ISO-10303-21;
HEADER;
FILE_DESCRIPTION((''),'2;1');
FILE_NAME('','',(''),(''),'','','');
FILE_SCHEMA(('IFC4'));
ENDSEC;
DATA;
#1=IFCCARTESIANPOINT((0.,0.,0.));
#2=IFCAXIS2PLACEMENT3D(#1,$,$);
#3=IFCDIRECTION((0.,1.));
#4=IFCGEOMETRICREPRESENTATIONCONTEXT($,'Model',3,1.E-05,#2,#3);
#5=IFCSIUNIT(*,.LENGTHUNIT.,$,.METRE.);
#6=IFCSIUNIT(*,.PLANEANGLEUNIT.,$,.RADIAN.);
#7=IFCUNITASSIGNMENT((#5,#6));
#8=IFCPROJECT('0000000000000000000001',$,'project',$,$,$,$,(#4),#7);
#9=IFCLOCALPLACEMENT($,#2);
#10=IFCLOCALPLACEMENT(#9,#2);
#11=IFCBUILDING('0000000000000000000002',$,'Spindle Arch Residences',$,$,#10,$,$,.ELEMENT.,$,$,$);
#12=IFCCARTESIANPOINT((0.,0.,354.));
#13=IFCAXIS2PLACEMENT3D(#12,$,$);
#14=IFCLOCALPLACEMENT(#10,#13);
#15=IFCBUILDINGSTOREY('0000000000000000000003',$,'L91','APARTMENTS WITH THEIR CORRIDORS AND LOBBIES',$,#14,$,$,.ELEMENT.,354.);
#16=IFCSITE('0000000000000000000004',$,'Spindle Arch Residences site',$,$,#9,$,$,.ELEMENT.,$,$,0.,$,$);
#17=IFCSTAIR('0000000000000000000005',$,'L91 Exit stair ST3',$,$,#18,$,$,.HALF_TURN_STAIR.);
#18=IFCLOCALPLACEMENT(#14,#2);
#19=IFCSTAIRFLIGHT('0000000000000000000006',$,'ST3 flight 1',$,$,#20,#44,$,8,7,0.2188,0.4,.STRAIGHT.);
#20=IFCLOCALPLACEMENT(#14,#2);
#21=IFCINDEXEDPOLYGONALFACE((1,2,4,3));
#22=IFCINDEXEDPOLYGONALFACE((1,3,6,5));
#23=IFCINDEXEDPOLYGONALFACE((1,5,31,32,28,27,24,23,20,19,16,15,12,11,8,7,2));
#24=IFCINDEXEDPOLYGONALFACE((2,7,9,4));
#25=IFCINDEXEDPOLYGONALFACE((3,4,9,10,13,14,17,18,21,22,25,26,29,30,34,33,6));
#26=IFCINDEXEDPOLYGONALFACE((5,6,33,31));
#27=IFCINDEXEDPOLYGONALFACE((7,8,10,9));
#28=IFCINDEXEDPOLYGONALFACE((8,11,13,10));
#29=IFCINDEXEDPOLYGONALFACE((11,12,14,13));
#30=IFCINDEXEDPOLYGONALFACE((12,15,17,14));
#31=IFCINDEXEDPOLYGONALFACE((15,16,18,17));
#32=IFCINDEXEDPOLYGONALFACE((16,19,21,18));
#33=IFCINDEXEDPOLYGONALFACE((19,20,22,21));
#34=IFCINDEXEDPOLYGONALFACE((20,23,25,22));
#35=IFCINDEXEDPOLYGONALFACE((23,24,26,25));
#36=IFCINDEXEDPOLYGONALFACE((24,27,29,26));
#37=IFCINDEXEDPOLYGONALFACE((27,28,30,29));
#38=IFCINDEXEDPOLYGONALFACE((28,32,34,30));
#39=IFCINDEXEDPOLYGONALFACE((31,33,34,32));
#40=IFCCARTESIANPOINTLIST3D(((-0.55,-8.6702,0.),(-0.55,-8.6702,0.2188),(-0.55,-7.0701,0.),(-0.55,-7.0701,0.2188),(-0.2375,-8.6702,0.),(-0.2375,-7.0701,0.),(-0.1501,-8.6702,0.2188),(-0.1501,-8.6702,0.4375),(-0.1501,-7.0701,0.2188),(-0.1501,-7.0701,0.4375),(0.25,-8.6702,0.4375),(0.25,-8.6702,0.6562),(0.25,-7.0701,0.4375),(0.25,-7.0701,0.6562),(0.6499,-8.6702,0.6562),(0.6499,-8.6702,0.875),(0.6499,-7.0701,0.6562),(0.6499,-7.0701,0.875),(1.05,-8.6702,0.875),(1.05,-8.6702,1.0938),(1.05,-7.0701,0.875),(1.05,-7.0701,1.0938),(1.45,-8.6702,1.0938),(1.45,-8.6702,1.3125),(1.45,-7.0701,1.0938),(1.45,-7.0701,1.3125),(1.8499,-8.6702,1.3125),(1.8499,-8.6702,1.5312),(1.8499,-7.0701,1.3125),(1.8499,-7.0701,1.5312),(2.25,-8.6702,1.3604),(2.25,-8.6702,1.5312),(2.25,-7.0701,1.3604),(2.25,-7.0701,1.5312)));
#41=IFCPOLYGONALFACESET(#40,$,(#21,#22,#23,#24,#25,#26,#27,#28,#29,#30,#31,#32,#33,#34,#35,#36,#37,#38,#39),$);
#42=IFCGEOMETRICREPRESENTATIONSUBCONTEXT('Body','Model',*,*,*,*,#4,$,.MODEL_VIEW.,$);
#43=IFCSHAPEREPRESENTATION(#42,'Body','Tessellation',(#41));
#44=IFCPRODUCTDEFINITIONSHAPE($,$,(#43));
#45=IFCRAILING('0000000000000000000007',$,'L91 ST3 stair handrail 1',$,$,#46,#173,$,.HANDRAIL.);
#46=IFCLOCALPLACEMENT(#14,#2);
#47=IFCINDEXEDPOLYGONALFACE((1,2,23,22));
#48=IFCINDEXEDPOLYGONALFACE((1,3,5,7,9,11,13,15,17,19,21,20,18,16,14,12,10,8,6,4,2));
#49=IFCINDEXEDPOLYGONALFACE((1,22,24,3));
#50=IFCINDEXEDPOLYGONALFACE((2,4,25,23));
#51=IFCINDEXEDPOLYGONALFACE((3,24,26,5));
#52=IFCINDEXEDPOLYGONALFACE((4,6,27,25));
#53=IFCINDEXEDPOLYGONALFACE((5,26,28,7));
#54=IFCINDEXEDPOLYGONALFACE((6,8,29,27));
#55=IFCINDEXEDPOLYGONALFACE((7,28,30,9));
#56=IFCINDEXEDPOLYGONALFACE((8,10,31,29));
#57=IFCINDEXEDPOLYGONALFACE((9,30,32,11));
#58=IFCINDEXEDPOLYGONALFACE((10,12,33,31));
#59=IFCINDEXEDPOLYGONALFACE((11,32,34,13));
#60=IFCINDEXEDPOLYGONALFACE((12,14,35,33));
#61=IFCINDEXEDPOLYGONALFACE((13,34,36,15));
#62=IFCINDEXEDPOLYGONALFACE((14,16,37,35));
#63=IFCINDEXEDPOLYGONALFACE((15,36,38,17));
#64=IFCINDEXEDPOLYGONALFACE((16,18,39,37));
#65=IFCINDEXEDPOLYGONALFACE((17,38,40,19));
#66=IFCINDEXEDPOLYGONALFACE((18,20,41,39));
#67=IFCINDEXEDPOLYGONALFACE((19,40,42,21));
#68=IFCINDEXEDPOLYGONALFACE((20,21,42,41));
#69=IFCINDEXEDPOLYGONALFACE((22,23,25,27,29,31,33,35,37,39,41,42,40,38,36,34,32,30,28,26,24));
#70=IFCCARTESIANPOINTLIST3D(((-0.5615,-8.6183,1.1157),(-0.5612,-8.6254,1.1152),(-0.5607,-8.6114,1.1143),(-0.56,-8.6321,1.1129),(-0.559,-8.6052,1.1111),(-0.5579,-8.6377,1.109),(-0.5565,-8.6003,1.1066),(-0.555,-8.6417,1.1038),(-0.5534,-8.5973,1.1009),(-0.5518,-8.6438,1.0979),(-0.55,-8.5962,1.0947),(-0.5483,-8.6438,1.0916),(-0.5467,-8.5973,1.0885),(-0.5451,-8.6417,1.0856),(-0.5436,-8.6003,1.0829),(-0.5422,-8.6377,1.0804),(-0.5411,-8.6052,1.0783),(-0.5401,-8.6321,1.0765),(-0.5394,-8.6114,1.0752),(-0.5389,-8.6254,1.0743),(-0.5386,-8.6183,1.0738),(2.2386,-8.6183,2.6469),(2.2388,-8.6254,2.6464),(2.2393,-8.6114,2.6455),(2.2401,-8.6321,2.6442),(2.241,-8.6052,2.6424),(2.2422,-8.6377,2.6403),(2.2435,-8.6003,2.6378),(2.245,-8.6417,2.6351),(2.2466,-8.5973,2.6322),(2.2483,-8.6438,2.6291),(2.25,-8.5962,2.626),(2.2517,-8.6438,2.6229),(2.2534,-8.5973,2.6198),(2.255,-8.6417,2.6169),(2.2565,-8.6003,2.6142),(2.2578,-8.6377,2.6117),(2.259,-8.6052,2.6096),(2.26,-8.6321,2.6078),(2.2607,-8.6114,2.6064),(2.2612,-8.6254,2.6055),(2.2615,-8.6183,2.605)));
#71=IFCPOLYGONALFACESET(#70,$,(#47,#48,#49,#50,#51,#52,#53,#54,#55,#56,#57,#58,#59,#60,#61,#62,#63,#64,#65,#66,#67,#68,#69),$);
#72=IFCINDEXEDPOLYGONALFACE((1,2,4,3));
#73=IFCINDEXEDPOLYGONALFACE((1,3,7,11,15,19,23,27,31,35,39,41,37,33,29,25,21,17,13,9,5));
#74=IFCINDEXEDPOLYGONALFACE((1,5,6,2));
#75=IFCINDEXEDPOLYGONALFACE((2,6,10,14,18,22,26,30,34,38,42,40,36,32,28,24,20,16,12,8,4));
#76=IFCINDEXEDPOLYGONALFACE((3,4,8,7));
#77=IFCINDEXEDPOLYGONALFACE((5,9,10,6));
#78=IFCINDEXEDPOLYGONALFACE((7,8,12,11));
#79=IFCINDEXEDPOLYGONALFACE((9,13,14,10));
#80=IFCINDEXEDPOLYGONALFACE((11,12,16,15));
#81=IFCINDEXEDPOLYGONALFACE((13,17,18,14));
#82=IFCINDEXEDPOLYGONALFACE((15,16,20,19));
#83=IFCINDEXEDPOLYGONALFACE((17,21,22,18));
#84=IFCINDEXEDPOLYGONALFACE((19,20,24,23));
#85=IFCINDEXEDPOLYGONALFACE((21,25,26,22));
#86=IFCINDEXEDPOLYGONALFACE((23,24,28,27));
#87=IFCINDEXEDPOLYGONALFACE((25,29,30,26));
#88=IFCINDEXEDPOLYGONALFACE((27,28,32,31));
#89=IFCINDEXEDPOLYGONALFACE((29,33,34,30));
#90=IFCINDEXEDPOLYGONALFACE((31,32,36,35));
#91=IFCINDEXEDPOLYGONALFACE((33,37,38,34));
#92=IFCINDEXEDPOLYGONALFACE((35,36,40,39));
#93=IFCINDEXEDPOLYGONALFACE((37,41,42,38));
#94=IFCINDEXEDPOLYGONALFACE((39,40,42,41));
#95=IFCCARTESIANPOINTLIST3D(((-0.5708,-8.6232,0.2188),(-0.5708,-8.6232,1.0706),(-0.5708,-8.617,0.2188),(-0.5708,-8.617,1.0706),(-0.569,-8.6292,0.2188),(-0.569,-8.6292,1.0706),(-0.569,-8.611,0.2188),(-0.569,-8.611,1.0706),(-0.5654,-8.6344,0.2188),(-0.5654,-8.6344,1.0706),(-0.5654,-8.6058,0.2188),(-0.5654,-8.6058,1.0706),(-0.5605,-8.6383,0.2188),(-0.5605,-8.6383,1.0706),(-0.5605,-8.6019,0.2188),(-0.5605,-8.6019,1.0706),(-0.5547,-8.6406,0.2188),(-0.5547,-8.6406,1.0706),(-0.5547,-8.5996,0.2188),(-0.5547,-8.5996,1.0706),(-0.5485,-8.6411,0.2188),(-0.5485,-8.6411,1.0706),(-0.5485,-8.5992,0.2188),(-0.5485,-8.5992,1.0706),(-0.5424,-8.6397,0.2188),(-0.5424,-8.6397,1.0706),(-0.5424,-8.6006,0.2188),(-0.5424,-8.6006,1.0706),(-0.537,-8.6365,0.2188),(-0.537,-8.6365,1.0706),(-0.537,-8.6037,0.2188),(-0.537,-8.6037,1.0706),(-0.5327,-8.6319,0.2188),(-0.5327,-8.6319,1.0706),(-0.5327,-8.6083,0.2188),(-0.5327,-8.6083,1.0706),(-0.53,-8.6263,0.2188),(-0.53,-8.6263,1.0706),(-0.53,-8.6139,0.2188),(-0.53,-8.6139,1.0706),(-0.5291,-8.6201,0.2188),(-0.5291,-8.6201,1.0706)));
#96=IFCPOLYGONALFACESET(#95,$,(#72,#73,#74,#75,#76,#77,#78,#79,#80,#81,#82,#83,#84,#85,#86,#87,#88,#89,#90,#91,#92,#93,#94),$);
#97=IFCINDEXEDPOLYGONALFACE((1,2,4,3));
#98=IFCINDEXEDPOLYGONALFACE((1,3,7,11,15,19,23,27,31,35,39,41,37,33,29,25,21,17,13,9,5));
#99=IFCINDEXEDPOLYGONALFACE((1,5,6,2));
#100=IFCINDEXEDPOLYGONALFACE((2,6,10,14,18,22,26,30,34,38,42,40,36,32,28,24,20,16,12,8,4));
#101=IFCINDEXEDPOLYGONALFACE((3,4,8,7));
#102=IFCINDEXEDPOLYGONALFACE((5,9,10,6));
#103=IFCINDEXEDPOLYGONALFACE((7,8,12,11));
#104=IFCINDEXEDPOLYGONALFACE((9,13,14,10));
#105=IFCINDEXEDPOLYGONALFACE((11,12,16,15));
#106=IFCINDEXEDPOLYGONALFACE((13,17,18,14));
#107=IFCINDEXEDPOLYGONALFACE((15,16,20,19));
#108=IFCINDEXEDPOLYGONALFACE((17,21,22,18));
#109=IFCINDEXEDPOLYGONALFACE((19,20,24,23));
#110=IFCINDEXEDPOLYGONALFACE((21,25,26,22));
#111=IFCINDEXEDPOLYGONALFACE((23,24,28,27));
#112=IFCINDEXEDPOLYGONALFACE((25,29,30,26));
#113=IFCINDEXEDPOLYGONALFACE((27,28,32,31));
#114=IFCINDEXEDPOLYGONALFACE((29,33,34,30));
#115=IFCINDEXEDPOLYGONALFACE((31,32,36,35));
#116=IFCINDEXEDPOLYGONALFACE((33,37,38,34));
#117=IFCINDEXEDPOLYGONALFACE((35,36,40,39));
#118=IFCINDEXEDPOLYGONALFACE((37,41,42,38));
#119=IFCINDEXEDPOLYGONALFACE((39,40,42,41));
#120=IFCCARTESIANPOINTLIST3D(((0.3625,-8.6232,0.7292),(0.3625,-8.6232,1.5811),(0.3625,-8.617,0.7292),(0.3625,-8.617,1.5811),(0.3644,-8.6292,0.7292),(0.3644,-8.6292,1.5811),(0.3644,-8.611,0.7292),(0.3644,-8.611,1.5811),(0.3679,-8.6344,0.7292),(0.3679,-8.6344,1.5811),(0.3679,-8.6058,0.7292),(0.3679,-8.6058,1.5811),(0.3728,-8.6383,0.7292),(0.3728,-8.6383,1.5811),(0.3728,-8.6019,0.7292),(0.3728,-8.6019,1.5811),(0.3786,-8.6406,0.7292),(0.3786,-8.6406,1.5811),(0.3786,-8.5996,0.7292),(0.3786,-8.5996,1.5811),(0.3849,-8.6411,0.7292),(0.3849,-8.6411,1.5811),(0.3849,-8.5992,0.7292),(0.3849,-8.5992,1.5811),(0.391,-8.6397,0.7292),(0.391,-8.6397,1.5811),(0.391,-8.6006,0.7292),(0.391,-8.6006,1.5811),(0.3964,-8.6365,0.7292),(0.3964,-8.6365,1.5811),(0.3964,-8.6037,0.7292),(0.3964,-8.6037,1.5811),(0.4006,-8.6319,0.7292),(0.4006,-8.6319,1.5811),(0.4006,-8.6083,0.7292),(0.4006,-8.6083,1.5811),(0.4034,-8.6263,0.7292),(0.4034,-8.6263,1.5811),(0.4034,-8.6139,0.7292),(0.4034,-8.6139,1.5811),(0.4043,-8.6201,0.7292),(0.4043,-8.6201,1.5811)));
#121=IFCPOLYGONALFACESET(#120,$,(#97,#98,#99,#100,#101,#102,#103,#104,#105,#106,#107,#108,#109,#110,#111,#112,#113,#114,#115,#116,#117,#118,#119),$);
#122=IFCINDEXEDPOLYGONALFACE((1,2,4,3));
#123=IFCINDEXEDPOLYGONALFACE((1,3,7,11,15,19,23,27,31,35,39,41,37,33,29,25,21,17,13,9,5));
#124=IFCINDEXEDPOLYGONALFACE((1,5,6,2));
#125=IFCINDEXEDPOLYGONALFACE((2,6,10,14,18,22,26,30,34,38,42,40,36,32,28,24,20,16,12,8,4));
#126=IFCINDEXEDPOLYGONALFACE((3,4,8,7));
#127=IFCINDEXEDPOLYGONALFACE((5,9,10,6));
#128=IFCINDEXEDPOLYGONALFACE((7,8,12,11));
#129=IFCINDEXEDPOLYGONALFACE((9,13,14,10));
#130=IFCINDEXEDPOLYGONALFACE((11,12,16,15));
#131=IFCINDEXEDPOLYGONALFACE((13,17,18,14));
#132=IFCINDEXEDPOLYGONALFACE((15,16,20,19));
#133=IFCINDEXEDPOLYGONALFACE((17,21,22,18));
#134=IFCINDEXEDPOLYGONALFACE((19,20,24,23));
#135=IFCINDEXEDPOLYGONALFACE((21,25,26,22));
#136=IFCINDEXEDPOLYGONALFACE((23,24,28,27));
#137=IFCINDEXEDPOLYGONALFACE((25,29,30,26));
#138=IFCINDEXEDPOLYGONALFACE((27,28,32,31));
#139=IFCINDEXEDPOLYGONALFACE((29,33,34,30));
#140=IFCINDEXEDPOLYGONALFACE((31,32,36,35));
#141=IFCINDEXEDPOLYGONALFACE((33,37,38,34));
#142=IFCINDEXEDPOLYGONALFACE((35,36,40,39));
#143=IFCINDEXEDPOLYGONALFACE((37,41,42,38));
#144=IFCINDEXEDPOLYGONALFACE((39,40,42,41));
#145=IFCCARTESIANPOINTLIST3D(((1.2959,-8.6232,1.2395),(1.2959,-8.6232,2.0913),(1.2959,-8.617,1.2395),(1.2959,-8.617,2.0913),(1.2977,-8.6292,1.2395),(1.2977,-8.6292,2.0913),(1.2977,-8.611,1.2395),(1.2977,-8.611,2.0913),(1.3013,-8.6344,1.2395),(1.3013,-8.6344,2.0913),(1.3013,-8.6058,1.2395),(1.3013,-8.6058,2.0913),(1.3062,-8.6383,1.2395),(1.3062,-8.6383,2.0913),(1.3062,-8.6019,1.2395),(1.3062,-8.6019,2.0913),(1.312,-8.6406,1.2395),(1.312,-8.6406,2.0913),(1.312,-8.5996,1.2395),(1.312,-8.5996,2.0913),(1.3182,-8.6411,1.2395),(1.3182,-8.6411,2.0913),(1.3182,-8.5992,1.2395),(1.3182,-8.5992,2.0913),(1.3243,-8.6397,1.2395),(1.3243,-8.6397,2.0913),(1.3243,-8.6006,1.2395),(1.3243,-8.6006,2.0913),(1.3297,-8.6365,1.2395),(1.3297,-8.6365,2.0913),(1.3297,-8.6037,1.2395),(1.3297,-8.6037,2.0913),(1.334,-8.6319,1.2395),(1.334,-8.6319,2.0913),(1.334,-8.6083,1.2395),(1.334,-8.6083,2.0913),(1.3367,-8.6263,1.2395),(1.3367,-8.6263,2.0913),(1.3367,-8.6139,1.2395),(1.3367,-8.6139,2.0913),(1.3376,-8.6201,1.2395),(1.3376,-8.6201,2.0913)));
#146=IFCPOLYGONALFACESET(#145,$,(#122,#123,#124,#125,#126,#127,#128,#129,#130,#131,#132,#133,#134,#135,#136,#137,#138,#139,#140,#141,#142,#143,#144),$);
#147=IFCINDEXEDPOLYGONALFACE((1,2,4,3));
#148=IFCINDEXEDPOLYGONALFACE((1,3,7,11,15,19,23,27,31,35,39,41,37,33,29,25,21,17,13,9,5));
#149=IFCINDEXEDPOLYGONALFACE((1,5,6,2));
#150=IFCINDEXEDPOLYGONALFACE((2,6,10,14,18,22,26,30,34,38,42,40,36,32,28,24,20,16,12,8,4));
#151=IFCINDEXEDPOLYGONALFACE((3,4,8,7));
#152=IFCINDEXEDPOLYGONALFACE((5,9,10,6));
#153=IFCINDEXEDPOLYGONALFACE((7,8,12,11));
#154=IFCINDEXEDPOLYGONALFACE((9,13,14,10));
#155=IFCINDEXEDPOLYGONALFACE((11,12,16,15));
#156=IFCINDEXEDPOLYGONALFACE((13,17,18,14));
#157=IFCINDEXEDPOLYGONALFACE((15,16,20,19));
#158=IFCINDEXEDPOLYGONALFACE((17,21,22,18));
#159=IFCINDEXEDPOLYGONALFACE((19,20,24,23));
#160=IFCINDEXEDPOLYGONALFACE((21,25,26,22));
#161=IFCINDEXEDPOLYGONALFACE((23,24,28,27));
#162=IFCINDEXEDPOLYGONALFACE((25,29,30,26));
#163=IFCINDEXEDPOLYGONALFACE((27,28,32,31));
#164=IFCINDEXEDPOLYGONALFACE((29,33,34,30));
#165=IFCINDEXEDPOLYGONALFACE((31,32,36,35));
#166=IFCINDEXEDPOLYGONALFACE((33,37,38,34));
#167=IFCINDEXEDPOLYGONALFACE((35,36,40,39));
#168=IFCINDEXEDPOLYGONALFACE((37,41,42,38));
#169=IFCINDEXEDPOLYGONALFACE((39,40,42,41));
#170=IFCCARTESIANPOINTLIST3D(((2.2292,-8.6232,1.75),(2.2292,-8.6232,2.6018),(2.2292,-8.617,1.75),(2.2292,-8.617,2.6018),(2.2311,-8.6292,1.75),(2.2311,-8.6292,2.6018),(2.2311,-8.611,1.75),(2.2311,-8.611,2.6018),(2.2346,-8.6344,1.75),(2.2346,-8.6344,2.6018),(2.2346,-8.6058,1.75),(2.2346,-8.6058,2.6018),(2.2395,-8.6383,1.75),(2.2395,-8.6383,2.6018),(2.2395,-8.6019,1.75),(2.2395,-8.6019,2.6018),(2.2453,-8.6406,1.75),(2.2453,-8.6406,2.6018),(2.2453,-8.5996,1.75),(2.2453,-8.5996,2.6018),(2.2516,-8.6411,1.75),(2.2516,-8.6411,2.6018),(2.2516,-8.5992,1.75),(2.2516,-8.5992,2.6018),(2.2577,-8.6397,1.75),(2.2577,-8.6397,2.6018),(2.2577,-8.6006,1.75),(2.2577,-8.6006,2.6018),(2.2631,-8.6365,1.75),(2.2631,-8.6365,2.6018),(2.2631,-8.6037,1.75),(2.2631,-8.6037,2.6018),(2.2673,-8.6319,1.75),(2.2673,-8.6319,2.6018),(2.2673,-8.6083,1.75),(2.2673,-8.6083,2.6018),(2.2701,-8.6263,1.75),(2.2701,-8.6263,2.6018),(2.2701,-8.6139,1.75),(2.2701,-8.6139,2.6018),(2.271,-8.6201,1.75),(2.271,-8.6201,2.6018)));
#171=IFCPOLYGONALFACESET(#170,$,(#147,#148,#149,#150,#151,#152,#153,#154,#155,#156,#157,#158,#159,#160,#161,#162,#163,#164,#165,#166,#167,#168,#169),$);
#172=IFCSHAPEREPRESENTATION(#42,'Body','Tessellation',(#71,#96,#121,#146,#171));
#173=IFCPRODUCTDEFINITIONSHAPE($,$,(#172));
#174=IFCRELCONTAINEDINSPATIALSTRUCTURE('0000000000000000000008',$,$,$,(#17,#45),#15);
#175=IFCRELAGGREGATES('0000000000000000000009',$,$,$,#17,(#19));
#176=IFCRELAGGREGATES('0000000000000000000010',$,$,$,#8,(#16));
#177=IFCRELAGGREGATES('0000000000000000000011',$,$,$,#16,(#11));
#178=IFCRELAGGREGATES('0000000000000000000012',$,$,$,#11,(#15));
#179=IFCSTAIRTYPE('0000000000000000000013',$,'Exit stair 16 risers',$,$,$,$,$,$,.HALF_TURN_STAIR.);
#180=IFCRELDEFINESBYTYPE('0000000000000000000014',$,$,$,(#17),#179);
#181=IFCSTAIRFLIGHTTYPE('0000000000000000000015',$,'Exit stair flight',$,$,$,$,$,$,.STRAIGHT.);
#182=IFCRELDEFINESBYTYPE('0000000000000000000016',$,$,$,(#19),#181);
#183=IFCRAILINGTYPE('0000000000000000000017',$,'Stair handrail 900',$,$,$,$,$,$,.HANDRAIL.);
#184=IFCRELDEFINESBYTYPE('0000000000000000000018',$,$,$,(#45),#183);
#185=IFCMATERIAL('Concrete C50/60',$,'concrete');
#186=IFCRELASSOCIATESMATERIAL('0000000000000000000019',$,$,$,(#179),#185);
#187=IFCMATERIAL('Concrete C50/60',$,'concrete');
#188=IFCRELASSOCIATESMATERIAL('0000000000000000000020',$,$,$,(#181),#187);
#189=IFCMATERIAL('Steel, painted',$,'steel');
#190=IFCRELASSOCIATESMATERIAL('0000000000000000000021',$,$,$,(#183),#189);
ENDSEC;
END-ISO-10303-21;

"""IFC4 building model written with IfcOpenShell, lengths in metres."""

from ifc_helpers import new_model, si_unit, direction, frame, origin, origin_2d, place, context, subcontext, project, spatial, polyline, circle, outline, extrude, material, type_object, element, aggregate, save


model = new_model("IFC4")

# Units and contexts
model_context = context("Model", 3, precision=1e-05, world=origin(), true_north=direction((0.0, 1.0)))
body_context = subcontext(model_context, "Body", "Model", "MODEL_VIEW")
ifc_project = project(units=[si_unit("LENGTHUNIT", "METRE"), si_unit("PLANEANGLEUNIT", "RADIAN")], contexts=[model_context])

# Site, building, storey
site_placement = place(None, origin())
site = spatial("IfcSite", under=ifc_project, at=site_placement, Name="Spindle Arch Residences site", CompositionType="ELEMENT", RefElevation=0.0)
building_placement = place(site_placement, origin())
building = spatial("IfcBuilding", under=site, at=building_placement, Name="Spindle Arch Residences", CompositionType="ELEMENT")
storey_placement = place(building_placement, frame((0.0, 0.0, 354.0)))
storey = spatial("IfcBuildingStorey", under=building, at=storey_placement, Name="L91", Description="APARTMENTS WITH THEIR CORRIDORS AND LOBBIES", CompositionType="ELEMENT", Elevation=354.0)

# Stair, stair flight
ifc_material_1 = material(Name="Concrete C50/60", Category="concrete")
stair_type = type_object("IfcStairType", Name="Exit stair 16 risers", PredefinedType="HALF_TURN_STAIR", material=ifc_material_1)
stair_placement = place(storey_placement, origin())
stair = element("IfcStair", 1, at=stair_placement, inside=storey, type_object=stair_type, Name="L91 Exit stair ST3", PredefinedType="HALF_TURN_STAIR")
ifc_material_2 = material(Name="Concrete C50/60", Category="concrete")
stair_flight_type = type_object("IfcStairFlightType", Name="Exit stair flight", PredefinedType="STRAIGHT", material=ifc_material_2)
stair_flight_placement = place(storey_placement, frame((-0.55, -7.8701, 0.0), z_axis=(0.0, 0.0, 1.0), x_axis=(1.0, 0.0, 0.0)))
stair_flight = element("IfcStairFlight", 2, at=stair_flight_placement, type_object=stair_flight_type, Name="ST3 flight 1", NumberOfRisers=8, NumberOfTreads=7, PredefinedType="STRAIGHT", RiserHeight=0.2188, TreadLength=0.4, context=body_context, shape_type="SweptSolid", body=[
    extrude(outline(polyline([(0.0, 0.0), (0.0, 0.2188), (0.3999, 0.2188), (0.3999, 0.4375), (0.8, 0.4375), (0.8, 0.6562), (1.2, 0.6562), (1.2, 0.875), (1.6001, 0.875), (1.6001, 1.0938), (2.0, 1.0938), (2.0, 1.3125), (2.3999, 1.3125), (2.3999, 1.5312), (2.8, 1.5312), (2.8, 1.75), (2.8, 1.3604), (0.3125, 0.0), (0.0, 0.0)])), frame((0.0, 0.8, 0.0), z_axis=(0.0, -1.0, 0.0), x_axis=(1.0, 0.0, 0.0)), (0.0, 0.0, 1.0), 1.6001),
])
aggregate(stair, [stair_flight])

# Railing
ifc_material_3 = material(Name="Steel, painted", Category="steel")
railing_type = type_object("IfcRailingType", Name="Stair handrail 900", PredefinedType="HANDRAIL", material=ifc_material_3)
railing_placement = place(storey_placement, frame((-0.55, -8.6201, 0.2188)))
element("IfcRailing", 3, at=railing_placement, inside=storey, type_object=railing_type, Name="L91 ST3 stair handrail 1", PredefinedType="HANDRAIL", context=body_context, shape_type="SweptSolid", body=[
    extrude(circle(Radius=0.0239, at=origin_2d()), frame((0.0, 0.0, 0.876), z_axis=(0.877375, 0.0, 0.479806), x_axis=(0.0, 1.0, 0.0)), (0.0, 0.0, 1.0), 3.1914),
    extrude(circle(Radius=0.021, at=origin_2d()), origin(), (0.0, 0.0, 1.0), 0.8518),
    extrude(circle(Radius=0.021, at=origin_2d()), frame((0.9333, 0.0, 0.5105)), (0.0, 0.0, 1.0), 0.8518),
    extrude(circle(Radius=0.021, at=origin_2d()), frame((1.8667, 0.0, 1.0208)), (0.0, 0.0, 1.0), 0.8518),
    extrude(circle(Radius=0.021, at=origin_2d()), frame((2.8, 0.0, 1.5312)), (0.0, 0.0, 1.0), 0.8518),
])

save(model, "model.ifc")
